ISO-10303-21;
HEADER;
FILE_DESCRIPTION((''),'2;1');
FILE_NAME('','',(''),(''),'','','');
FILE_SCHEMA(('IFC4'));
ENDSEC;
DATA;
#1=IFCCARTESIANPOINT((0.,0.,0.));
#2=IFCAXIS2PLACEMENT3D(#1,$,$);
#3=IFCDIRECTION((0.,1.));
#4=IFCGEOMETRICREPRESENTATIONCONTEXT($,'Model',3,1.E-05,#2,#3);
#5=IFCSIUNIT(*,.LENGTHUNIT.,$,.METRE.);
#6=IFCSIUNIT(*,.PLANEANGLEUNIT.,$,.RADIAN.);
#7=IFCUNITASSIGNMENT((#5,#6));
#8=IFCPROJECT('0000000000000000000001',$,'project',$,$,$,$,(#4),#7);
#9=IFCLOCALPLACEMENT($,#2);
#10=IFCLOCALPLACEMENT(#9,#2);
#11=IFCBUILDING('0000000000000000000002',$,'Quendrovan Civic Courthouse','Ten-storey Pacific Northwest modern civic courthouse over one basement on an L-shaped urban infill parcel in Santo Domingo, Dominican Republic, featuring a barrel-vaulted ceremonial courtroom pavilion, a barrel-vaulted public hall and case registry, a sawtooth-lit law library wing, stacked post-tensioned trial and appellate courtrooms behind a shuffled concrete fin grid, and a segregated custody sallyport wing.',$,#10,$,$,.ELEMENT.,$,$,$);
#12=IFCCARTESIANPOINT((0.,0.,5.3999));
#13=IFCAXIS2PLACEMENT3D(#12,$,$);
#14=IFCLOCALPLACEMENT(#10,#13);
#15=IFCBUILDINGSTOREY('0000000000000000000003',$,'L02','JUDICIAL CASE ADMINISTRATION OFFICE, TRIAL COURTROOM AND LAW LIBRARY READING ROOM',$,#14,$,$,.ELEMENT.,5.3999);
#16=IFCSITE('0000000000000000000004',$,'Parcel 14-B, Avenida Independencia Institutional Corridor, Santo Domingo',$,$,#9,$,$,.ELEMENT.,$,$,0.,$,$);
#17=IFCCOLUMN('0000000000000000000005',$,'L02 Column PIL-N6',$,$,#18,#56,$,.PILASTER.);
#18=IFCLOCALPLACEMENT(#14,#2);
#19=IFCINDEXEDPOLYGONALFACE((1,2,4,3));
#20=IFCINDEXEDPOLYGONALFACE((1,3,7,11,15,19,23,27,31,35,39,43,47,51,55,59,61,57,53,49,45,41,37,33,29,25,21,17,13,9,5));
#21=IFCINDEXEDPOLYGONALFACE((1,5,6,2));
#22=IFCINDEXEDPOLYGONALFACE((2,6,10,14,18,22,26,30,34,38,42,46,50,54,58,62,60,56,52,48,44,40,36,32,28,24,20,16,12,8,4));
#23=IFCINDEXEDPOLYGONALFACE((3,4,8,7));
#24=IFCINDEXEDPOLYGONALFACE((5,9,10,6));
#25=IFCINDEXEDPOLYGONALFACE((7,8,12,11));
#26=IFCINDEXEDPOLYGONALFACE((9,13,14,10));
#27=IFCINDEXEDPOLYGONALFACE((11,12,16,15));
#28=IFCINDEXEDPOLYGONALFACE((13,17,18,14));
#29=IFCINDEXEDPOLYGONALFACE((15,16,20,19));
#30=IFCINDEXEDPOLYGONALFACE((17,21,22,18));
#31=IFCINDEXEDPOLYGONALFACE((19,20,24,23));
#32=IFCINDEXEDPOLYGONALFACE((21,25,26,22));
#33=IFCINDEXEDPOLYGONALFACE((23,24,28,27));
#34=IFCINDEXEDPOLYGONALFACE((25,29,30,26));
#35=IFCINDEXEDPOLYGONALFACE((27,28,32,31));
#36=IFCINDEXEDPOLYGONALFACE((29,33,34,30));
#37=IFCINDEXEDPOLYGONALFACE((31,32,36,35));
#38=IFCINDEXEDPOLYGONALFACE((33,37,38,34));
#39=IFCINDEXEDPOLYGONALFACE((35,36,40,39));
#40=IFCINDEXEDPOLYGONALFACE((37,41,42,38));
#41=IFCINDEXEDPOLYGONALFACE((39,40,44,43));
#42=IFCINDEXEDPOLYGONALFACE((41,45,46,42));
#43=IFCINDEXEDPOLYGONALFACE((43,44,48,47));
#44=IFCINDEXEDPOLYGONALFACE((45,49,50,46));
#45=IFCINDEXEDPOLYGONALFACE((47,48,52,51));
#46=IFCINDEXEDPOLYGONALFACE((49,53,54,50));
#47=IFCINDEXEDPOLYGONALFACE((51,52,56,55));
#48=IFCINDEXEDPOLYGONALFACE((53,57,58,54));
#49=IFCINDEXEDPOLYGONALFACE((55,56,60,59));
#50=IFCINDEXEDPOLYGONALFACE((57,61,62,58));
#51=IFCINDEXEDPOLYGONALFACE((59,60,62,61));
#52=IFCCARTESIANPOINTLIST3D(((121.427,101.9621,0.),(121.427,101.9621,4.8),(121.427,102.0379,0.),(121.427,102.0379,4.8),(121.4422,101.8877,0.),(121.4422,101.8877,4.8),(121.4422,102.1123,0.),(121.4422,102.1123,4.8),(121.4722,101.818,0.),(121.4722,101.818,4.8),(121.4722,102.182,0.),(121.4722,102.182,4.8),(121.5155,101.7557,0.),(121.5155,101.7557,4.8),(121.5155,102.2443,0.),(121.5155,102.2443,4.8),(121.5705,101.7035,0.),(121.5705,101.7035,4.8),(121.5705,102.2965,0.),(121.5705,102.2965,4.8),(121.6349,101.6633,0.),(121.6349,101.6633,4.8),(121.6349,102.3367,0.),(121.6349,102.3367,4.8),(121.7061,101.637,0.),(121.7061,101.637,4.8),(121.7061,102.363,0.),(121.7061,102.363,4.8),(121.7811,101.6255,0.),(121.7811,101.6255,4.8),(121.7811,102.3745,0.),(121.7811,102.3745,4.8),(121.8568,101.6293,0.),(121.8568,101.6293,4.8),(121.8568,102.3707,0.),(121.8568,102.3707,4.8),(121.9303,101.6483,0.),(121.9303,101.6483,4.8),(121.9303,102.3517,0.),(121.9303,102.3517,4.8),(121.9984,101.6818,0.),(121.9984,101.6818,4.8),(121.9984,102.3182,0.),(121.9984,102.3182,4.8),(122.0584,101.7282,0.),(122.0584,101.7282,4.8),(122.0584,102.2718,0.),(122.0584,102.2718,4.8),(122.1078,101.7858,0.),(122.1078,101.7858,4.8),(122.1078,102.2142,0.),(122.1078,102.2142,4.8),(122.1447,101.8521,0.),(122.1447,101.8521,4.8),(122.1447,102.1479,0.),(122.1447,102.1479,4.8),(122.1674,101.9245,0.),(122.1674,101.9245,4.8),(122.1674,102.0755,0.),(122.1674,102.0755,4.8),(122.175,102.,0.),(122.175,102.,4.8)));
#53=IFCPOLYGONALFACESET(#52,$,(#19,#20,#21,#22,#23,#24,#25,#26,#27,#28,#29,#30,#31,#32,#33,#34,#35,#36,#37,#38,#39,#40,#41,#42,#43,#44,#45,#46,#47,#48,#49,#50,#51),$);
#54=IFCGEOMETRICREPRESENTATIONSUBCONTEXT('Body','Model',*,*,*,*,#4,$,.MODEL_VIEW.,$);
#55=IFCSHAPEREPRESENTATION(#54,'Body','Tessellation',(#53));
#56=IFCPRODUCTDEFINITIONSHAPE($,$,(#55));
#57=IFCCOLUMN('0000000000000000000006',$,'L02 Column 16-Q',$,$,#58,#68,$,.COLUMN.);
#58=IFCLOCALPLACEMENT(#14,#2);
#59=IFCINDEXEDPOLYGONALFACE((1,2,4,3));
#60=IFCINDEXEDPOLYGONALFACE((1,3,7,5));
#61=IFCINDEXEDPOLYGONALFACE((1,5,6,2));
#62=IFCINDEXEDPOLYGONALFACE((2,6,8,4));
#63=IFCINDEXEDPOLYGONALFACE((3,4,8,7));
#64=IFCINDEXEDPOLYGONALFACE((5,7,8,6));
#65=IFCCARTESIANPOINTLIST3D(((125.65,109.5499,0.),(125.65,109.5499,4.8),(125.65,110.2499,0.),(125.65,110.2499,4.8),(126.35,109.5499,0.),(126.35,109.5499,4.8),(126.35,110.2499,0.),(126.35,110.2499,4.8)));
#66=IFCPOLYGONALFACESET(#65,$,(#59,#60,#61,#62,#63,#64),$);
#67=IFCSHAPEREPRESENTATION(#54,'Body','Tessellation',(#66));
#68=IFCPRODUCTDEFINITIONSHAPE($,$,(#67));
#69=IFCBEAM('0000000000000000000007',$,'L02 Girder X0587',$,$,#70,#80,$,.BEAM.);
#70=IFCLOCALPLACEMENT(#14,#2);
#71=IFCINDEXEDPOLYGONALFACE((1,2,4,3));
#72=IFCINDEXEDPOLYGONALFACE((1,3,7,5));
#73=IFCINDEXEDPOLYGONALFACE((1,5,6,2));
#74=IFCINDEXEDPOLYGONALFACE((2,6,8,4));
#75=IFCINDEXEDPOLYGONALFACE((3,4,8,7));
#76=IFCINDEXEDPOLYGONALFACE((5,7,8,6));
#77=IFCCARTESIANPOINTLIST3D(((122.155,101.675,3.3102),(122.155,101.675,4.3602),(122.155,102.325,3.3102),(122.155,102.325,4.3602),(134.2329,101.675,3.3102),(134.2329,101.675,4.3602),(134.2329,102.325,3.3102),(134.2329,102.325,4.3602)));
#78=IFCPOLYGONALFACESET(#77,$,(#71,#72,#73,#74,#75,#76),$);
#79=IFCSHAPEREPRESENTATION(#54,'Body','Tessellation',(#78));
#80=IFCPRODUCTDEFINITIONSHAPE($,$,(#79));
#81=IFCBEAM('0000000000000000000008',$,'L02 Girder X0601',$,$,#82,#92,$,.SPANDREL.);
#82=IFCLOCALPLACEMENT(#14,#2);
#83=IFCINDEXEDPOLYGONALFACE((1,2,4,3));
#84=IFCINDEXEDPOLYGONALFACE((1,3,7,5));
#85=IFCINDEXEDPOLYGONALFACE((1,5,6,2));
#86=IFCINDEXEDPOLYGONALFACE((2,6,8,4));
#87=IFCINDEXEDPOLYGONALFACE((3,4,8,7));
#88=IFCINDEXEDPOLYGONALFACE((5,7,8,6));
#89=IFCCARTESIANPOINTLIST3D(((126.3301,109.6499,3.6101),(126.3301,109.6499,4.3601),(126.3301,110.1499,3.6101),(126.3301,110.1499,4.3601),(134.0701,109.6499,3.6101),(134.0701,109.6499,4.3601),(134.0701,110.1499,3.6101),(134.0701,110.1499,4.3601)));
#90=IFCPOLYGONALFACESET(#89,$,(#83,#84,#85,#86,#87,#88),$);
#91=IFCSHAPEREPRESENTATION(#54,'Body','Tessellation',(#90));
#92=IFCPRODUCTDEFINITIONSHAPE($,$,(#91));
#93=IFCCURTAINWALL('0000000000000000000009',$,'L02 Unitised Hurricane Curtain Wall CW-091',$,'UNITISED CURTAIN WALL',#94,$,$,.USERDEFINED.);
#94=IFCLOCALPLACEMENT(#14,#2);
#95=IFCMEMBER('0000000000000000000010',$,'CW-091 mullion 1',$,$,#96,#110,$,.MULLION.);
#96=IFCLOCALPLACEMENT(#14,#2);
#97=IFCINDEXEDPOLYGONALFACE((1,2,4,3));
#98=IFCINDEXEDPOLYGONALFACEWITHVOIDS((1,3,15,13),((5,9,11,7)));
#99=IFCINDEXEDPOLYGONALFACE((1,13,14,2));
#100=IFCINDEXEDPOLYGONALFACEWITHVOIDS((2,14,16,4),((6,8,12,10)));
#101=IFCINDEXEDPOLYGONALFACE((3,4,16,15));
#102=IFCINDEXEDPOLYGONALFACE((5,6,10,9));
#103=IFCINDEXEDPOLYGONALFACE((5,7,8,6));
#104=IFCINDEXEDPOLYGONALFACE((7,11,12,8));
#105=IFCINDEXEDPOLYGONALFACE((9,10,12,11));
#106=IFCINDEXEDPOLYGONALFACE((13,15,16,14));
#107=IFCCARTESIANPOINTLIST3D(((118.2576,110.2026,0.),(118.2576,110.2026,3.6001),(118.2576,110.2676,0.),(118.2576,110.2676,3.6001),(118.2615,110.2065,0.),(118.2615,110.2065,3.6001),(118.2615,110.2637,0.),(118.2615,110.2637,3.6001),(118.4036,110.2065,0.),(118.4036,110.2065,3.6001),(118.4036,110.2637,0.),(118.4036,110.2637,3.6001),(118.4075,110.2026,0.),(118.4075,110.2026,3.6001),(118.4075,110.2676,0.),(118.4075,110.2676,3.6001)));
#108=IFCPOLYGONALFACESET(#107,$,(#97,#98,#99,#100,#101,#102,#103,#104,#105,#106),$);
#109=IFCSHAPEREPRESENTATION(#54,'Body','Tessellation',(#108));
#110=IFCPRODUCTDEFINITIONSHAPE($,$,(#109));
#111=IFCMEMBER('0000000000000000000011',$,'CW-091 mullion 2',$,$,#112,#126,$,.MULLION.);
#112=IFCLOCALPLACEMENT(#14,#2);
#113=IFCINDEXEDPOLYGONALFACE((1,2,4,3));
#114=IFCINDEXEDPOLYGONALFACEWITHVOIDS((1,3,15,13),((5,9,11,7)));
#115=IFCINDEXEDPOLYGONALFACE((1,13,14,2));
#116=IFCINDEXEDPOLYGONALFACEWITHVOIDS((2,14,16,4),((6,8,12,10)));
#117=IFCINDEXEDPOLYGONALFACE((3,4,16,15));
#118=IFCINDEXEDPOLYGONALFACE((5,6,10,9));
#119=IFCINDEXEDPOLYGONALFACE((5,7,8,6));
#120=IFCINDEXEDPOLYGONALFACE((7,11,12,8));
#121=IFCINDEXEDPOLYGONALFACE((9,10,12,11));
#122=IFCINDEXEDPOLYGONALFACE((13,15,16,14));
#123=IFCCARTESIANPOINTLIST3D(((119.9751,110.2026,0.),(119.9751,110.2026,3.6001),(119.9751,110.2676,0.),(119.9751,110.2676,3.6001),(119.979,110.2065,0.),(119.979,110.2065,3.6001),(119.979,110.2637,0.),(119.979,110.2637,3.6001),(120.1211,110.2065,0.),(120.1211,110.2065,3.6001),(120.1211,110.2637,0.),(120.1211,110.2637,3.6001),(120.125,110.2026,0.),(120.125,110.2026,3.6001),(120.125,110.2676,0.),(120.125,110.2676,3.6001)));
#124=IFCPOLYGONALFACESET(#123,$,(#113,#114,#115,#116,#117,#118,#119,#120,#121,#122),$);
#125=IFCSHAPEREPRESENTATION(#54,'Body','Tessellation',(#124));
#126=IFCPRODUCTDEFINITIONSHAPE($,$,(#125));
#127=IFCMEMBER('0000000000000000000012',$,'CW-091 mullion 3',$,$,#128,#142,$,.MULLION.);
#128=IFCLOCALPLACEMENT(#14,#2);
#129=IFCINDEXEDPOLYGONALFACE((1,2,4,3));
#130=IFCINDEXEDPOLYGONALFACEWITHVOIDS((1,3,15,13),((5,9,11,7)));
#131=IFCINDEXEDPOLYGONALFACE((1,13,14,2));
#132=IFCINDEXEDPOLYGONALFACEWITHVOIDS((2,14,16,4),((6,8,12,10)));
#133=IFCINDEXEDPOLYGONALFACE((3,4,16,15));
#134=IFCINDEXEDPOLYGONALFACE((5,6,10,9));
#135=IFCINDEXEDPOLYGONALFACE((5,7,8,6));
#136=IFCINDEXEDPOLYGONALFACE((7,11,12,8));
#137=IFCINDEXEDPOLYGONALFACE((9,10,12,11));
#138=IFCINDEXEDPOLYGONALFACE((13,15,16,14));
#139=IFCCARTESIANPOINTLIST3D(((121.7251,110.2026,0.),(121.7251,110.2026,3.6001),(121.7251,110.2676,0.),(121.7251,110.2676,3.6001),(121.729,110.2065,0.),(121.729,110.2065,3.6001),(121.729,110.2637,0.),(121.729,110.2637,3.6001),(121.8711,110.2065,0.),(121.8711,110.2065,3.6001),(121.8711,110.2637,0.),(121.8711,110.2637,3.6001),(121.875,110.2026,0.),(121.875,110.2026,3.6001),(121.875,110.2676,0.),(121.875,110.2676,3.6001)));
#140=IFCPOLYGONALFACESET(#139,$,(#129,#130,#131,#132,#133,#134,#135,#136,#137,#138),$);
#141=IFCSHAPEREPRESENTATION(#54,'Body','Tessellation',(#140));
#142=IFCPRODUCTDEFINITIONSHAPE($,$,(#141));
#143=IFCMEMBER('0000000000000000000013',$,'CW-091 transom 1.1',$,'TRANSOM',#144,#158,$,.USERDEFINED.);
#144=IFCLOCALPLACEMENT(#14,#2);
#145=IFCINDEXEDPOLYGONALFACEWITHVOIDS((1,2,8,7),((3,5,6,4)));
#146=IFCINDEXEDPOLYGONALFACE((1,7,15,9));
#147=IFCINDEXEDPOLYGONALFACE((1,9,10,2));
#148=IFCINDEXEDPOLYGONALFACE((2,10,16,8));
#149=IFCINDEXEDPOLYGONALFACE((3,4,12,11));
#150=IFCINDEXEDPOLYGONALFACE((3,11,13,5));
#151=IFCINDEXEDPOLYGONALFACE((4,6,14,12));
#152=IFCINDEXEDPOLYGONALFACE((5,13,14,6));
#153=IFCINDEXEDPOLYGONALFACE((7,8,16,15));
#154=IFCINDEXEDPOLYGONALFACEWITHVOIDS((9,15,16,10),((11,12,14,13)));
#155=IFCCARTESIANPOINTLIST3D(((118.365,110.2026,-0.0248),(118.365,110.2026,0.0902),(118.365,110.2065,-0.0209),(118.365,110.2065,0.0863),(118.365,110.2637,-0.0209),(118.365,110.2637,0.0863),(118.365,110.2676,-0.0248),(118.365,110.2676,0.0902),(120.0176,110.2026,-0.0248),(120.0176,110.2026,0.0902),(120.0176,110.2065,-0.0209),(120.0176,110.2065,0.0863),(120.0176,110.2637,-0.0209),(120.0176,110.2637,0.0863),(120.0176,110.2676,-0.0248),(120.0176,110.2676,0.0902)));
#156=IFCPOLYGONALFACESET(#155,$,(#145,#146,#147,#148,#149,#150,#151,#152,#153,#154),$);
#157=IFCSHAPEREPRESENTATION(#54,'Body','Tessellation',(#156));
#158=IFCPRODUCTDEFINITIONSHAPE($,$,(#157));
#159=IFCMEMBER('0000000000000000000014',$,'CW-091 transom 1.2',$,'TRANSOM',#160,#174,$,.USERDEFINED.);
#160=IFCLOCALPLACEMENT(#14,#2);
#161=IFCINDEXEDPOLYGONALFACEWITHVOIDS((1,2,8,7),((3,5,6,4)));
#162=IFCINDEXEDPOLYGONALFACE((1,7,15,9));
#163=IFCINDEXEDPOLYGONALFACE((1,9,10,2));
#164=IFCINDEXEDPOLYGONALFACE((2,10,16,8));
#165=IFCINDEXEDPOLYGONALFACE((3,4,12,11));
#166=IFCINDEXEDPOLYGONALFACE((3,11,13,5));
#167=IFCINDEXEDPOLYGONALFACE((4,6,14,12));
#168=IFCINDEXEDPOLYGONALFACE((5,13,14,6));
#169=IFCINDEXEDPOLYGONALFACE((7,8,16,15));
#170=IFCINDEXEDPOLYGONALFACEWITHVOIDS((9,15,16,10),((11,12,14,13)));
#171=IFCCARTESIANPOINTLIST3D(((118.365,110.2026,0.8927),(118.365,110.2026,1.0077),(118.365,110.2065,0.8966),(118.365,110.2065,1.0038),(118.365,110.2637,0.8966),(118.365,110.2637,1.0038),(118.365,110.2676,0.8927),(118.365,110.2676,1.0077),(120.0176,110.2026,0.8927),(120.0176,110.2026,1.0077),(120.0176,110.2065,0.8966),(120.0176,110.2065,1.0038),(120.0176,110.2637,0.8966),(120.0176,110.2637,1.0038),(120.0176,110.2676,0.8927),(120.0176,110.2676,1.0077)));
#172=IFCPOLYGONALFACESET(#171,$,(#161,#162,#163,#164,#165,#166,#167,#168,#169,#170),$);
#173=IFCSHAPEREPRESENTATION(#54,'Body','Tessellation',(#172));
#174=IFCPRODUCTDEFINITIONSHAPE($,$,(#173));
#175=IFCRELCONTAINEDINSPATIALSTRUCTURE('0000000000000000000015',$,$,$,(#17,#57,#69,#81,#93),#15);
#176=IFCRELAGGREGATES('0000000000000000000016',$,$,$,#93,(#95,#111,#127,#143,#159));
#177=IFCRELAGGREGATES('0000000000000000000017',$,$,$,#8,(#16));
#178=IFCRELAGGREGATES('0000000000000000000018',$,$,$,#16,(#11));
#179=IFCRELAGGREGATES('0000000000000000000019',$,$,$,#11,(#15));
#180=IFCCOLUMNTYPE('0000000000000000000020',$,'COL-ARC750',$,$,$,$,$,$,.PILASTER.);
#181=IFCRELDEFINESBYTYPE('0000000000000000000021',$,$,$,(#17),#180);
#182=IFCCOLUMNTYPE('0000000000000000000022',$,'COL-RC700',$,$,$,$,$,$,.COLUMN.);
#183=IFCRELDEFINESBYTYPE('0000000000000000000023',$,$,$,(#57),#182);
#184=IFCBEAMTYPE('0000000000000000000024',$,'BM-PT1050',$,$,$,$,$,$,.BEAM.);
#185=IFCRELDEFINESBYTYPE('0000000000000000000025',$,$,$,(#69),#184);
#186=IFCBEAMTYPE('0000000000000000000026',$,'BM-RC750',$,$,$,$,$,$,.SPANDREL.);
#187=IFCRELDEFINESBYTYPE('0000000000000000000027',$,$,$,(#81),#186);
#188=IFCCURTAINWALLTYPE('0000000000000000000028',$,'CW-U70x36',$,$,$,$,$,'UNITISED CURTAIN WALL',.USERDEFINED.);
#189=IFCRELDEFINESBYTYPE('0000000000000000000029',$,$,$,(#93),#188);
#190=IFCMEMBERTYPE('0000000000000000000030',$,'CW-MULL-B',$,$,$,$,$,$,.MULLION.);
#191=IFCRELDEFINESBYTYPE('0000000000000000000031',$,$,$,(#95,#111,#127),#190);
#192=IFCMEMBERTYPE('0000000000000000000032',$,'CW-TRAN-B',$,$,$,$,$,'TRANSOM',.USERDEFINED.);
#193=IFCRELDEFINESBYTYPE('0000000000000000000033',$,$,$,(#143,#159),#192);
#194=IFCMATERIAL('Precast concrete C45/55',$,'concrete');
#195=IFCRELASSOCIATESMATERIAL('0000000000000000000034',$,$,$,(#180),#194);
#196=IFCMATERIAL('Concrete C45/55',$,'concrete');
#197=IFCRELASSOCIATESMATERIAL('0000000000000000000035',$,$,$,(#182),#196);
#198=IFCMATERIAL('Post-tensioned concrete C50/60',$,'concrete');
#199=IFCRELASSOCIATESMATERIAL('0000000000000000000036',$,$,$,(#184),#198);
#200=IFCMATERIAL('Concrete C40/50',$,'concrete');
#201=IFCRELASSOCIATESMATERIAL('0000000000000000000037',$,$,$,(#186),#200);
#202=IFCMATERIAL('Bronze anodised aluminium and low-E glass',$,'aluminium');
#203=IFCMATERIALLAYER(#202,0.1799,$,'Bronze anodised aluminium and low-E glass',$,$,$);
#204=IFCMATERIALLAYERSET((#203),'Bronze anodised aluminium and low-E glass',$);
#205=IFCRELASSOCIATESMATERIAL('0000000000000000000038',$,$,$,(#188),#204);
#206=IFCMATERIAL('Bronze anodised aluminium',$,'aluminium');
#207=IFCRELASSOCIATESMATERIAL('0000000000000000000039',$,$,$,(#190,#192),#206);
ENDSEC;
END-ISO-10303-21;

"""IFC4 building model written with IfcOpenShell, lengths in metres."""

from ifc_helpers import new_model, si_unit, direction, frame, origin, origin_2d, place, context, subcontext, project, spatial, rectangle, hollow_rectangle, circle, extrude, material, layer, layer_set, material_profile, profile_set, type_object, element, aggregate, save


model = new_model("IFC4")

# Units and contexts
model_context = context("Model", 3, precision=1e-05, world=origin(), true_north=direction((0.0, 1.0)))
body_context = subcontext(model_context, "Body", "Model", "MODEL_VIEW")
ifc_project = project(units=[si_unit("LENGTHUNIT", "METRE"), si_unit("PLANEANGLEUNIT", "RADIAN")], contexts=[model_context])

# Site, building, storey
site_placement = place(None, origin())
site = spatial("IfcSite", under=ifc_project, at=site_placement, Name="Parcel 14-B, Avenida Independencia Institutional Corridor, Santo Domingo", CompositionType="ELEMENT", RefElevation=0.0)
building_placement = place(site_placement, origin())
building = spatial("IfcBuilding", under=site, at=building_placement, Name="Quendrovan Civic Courthouse", Description="Ten-storey Pacific Northwest modern civic courthouse over one basement on an L-shaped urban infill parcel in Santo Domingo, Dominican Republic, featuring a barrel-vaulted ceremonial courtroom pavilion, a barrel-vaulted public hall and case registry, a sawtooth-lit law library wing, stacked post-tensioned trial and appellate courtrooms behind a shuffled concrete fin grid, and a segregated custody sallyport wing.", CompositionType="ELEMENT")
storey_placement = place(building_placement, frame((0.0, 0.0, 5.3999)))
storey = spatial("IfcBuildingStorey", under=building, at=storey_placement, Name="L02", Description="JUDICIAL CASE ADMINISTRATION OFFICE, TRIAL COURTROOM AND LAW LIBRARY READING ROOM", CompositionType="ELEMENT", Elevation=5.3999)

# Columns
ifc_material_1 = material(Name="Precast concrete C45/55", Category="concrete")
ifc_material_profile_1 = material_profile(ifc_material_1, circle(Radius=0.375, at=origin_2d()), Name="RC-ARCADE-D750")
ifc_profile_set_1 = profile_set([ifc_material_profile_1], Name="Precast concrete C45/55")
column_type_1 = type_object("IfcColumnType", Name="COL-ARC750", PredefinedType="PILASTER", material=ifc_profile_set_1)
column_1_placement = place(storey_placement, frame((121.8, 102.0, 0.0), z_axis=(0.0, 0.0, 1.0), x_axis=(1.0, 0.0, 0.0)))
element("IfcColumn", 1, at=column_1_placement, inside=storey, type_object=column_type_1, Name="L02 Column PIL-N6", PredefinedType="PILASTER", context=body_context, shape_type="SweptSolid", body=[
    extrude(circle(Radius=0.375, at=origin_2d()), origin(), (0.0, 0.0, 1.0), 4.8),
])
ifc_material_2 = material(Name="Concrete C45/55", Category="concrete")
ifc_material_profile_2 = material_profile(ifc_material_2, rectangle(XDim=0.7, YDim=0.7, at=origin_2d()), Name="RC-COL-700x700")
ifc_profile_set_2 = profile_set([ifc_material_profile_2], Name="Concrete C45/55")
column_type_2 = type_object("IfcColumnType", Name="COL-RC700", PredefinedType="COLUMN", material=ifc_profile_set_2)
column_2_placement = place(storey_placement, frame((126.0, 109.8999, 0.0), z_axis=(0.0, 0.0, 1.0), x_axis=(1.0, 0.0, 0.0)))
element("IfcColumn", 2, at=column_2_placement, inside=storey, type_object=column_type_2, Name="L02 Column 16-Q", PredefinedType="COLUMN", context=body_context, shape_type="SweptSolid", body=[
    extrude(rectangle(XDim=0.7, YDim=0.7, at=origin_2d()), origin(), (0.0, 0.0, 1.0), 4.8),
])

# Beams
ifc_material_3 = material(Name="Post-tensioned concrete C50/60", Category="concrete")
ifc_material_profile_3 = material_profile(ifc_material_3, rectangle(XDim=0.6499, YDim=1.05, at=origin_2d()), Name="PT-GRD-650x1050")
ifc_profile_set_3 = profile_set([ifc_material_profile_3], Name="Post-tensioned concrete C50/60")
beam_type_1 = type_object("IfcBeamType", Name="BM-PT1050", PredefinedType="BEAM", material=ifc_profile_set_3)
beam_1_placement = place(storey_placement, frame((122.155, 102.0, 3.8352), z_axis=(1.0, 0.0, 0.0), x_axis=(0.0, 1.0, 0.0)))
element("IfcBeam", 3, at=beam_1_placement, inside=storey, type_object=beam_type_1, Name="L02 Girder X0587", PredefinedType="BEAM", context=body_context, shape_type="SweptSolid", body=[
    extrude(rectangle(XDim=0.6499, YDim=1.05, at=origin_2d()), origin(), (0.0, 0.0, 1.0), 12.0779),
])
ifc_material_4 = material(Name="Concrete C40/50", Category="concrete")
ifc_material_profile_4 = material_profile(ifc_material_4, rectangle(XDim=0.5, YDim=0.75, at=origin_2d()), Name="RC-BM-500x750")
ifc_profile_set_4 = profile_set([ifc_material_profile_4], Name="Concrete C40/50")
beam_type_2 = type_object("IfcBeamType", Name="BM-RC750", PredefinedType="SPANDREL", material=ifc_profile_set_4)
beam_2_placement = place(storey_placement, frame((126.3301, 109.8999, 3.9851), z_axis=(1.0, 0.0, 0.0), x_axis=(0.0, 1.0, 0.0)))
element("IfcBeam", 4, at=beam_2_placement, inside=storey, type_object=beam_type_2, Name="L02 Girder X0601", PredefinedType="SPANDREL", context=body_context, shape_type="SweptSolid", body=[
    extrude(rectangle(XDim=0.5, YDim=0.75, at=origin_2d()), origin(), (0.0, 0.0, 1.0), 7.74),
])

# Curtain wall, members
ifc_material_5 = material(Name="Bronze anodised aluminium and low-E glass", Category="aluminium")
ifc_layer_1 = layer(ifc_material_5, 0.1799, Name="Bronze anodised aluminium and low-E glass")
ifc_layer_set_1 = layer_set([ifc_layer_1], Name="Bronze anodised aluminium and low-E glass")
curtain_wall_type = type_object("IfcCurtainWallType", Name="CW-U70x36", ElementType="UNITISED CURTAIN WALL", PredefinedType="USERDEFINED", material=ifc_layer_set_1)
curtain_wall_placement = place(storey_placement, origin())
curtain_wall = element("IfcCurtainWall", 5, at=curtain_wall_placement, inside=storey, type_object=curtain_wall_type, Name="L02 Unitised Hurricane Curtain Wall CW-091", ObjectType="UNITISED CURTAIN WALL", PredefinedType="USERDEFINED")
ifc_material_6 = material(Name="Bronze anodised aluminium", Category="aluminium")
ifc_material_profile_5 = material_profile(ifc_material_6, hollow_rectangle(XDim=0.0649, YDim=0.1499, WallThickness=0.0039, at=origin_2d()), Name="CW-MULL-65x150")
ifc_profile_set_5 = profile_set([ifc_material_profile_5], Name="Bronze anodised aluminium")
member_type_1 = type_object("IfcMemberType", Name="CW-MULL-B", PredefinedType="MULLION", material=ifc_profile_set_5)
member_1_placement = place(storey_placement, frame((118.3325, 110.2351, 0.0), z_axis=(0.0, 0.0, 1.0), x_axis=(0.0, 1.0, 0.0)))
member_1 = element("IfcMember", 6, at=member_1_placement, type_object=member_type_1, Name="CW-091 mullion 1", PredefinedType="MULLION", context=body_context, shape_type="SweptSolid", body=[
    extrude(hollow_rectangle(XDim=0.0649, YDim=0.1499, WallThickness=0.0039, at=origin_2d()), origin(), (0.0, 0.0, 1.0), 3.6001),
])
member_2_placement = place(storey_placement, frame((120.05, 110.2351, 0.0), z_axis=(0.0, 0.0, 1.0), x_axis=(0.0, 1.0, 0.0)))
member_2 = element("IfcMember", 7, at=member_2_placement, type_object=member_type_1, Name="CW-091 mullion 2", PredefinedType="MULLION", context=body_context, shape_type="SweptSolid", body=[
    extrude(hollow_rectangle(XDim=0.0649, YDim=0.1499, WallThickness=0.0039, at=origin_2d()), origin(), (0.0, 0.0, 1.0), 3.6001),
])
member_3_placement = place(storey_placement, frame((121.8, 110.2351, 0.0), z_axis=(0.0, 0.0, 1.0), x_axis=(0.0, 1.0, 0.0)))
member_3 = element("IfcMember", 8, at=member_3_placement, type_object=member_type_1, Name="CW-091 mullion 3", PredefinedType="MULLION", context=body_context, shape_type="SweptSolid", body=[
    extrude(hollow_rectangle(XDim=0.0649, YDim=0.1499, WallThickness=0.0039, at=origin_2d()), origin(), (0.0, 0.0, 1.0), 3.6001),
])
ifc_material_profile_6 = material_profile(ifc_material_6, hollow_rectangle(XDim=0.0649, YDim=0.115, WallThickness=0.0039, at=origin_2d()), Name="CW-TRAN-65x115")
ifc_profile_set_6 = profile_set([ifc_material_profile_6], Name="Bronze anodised aluminium")
member_type_2 = type_object("IfcMemberType", Name="CW-TRAN-B", ElementType="TRANSOM", PredefinedType="USERDEFINED", material=ifc_profile_set_6)
member_4_placement = place(storey_placement, frame((118.365, 110.2351, 0.0327), z_axis=(1.0, 0.0, 0.0), x_axis=(0.0, 1.0, 0.0)))
member_4 = element("IfcMember", 9, at=member_4_placement, type_object=member_type_2, Name="CW-091 transom 1.1", ObjectType="TRANSOM", PredefinedType="USERDEFINED", context=body_context, shape_type="SweptSolid", body=[
    extrude(hollow_rectangle(XDim=0.0649, YDim=0.115, WallThickness=0.0039, at=origin_2d()), origin(), (0.0, 0.0, 1.0), 1.6526),
])
member_5_placement = place(storey_placement, frame((118.365, 110.2351, 0.9502), z_axis=(1.0, 0.0, 0.0), x_axis=(0.0, 1.0, 0.0)))
member_5 = element("IfcMember", 10, at=member_5_placement, type_object=member_type_2, Name="CW-091 transom 1.2", ObjectType="TRANSOM", PredefinedType="USERDEFINED", context=body_context, shape_type="SweptSolid", body=[
    extrude(hollow_rectangle(XDim=0.0649, YDim=0.115, WallThickness=0.0039, at=origin_2d()), origin(), (0.0, 0.0, 1.0), 1.6526),
])
aggregate(curtain_wall, [member_1, member_2, member_3, member_4, member_5])

save(model, "model.ifc")
